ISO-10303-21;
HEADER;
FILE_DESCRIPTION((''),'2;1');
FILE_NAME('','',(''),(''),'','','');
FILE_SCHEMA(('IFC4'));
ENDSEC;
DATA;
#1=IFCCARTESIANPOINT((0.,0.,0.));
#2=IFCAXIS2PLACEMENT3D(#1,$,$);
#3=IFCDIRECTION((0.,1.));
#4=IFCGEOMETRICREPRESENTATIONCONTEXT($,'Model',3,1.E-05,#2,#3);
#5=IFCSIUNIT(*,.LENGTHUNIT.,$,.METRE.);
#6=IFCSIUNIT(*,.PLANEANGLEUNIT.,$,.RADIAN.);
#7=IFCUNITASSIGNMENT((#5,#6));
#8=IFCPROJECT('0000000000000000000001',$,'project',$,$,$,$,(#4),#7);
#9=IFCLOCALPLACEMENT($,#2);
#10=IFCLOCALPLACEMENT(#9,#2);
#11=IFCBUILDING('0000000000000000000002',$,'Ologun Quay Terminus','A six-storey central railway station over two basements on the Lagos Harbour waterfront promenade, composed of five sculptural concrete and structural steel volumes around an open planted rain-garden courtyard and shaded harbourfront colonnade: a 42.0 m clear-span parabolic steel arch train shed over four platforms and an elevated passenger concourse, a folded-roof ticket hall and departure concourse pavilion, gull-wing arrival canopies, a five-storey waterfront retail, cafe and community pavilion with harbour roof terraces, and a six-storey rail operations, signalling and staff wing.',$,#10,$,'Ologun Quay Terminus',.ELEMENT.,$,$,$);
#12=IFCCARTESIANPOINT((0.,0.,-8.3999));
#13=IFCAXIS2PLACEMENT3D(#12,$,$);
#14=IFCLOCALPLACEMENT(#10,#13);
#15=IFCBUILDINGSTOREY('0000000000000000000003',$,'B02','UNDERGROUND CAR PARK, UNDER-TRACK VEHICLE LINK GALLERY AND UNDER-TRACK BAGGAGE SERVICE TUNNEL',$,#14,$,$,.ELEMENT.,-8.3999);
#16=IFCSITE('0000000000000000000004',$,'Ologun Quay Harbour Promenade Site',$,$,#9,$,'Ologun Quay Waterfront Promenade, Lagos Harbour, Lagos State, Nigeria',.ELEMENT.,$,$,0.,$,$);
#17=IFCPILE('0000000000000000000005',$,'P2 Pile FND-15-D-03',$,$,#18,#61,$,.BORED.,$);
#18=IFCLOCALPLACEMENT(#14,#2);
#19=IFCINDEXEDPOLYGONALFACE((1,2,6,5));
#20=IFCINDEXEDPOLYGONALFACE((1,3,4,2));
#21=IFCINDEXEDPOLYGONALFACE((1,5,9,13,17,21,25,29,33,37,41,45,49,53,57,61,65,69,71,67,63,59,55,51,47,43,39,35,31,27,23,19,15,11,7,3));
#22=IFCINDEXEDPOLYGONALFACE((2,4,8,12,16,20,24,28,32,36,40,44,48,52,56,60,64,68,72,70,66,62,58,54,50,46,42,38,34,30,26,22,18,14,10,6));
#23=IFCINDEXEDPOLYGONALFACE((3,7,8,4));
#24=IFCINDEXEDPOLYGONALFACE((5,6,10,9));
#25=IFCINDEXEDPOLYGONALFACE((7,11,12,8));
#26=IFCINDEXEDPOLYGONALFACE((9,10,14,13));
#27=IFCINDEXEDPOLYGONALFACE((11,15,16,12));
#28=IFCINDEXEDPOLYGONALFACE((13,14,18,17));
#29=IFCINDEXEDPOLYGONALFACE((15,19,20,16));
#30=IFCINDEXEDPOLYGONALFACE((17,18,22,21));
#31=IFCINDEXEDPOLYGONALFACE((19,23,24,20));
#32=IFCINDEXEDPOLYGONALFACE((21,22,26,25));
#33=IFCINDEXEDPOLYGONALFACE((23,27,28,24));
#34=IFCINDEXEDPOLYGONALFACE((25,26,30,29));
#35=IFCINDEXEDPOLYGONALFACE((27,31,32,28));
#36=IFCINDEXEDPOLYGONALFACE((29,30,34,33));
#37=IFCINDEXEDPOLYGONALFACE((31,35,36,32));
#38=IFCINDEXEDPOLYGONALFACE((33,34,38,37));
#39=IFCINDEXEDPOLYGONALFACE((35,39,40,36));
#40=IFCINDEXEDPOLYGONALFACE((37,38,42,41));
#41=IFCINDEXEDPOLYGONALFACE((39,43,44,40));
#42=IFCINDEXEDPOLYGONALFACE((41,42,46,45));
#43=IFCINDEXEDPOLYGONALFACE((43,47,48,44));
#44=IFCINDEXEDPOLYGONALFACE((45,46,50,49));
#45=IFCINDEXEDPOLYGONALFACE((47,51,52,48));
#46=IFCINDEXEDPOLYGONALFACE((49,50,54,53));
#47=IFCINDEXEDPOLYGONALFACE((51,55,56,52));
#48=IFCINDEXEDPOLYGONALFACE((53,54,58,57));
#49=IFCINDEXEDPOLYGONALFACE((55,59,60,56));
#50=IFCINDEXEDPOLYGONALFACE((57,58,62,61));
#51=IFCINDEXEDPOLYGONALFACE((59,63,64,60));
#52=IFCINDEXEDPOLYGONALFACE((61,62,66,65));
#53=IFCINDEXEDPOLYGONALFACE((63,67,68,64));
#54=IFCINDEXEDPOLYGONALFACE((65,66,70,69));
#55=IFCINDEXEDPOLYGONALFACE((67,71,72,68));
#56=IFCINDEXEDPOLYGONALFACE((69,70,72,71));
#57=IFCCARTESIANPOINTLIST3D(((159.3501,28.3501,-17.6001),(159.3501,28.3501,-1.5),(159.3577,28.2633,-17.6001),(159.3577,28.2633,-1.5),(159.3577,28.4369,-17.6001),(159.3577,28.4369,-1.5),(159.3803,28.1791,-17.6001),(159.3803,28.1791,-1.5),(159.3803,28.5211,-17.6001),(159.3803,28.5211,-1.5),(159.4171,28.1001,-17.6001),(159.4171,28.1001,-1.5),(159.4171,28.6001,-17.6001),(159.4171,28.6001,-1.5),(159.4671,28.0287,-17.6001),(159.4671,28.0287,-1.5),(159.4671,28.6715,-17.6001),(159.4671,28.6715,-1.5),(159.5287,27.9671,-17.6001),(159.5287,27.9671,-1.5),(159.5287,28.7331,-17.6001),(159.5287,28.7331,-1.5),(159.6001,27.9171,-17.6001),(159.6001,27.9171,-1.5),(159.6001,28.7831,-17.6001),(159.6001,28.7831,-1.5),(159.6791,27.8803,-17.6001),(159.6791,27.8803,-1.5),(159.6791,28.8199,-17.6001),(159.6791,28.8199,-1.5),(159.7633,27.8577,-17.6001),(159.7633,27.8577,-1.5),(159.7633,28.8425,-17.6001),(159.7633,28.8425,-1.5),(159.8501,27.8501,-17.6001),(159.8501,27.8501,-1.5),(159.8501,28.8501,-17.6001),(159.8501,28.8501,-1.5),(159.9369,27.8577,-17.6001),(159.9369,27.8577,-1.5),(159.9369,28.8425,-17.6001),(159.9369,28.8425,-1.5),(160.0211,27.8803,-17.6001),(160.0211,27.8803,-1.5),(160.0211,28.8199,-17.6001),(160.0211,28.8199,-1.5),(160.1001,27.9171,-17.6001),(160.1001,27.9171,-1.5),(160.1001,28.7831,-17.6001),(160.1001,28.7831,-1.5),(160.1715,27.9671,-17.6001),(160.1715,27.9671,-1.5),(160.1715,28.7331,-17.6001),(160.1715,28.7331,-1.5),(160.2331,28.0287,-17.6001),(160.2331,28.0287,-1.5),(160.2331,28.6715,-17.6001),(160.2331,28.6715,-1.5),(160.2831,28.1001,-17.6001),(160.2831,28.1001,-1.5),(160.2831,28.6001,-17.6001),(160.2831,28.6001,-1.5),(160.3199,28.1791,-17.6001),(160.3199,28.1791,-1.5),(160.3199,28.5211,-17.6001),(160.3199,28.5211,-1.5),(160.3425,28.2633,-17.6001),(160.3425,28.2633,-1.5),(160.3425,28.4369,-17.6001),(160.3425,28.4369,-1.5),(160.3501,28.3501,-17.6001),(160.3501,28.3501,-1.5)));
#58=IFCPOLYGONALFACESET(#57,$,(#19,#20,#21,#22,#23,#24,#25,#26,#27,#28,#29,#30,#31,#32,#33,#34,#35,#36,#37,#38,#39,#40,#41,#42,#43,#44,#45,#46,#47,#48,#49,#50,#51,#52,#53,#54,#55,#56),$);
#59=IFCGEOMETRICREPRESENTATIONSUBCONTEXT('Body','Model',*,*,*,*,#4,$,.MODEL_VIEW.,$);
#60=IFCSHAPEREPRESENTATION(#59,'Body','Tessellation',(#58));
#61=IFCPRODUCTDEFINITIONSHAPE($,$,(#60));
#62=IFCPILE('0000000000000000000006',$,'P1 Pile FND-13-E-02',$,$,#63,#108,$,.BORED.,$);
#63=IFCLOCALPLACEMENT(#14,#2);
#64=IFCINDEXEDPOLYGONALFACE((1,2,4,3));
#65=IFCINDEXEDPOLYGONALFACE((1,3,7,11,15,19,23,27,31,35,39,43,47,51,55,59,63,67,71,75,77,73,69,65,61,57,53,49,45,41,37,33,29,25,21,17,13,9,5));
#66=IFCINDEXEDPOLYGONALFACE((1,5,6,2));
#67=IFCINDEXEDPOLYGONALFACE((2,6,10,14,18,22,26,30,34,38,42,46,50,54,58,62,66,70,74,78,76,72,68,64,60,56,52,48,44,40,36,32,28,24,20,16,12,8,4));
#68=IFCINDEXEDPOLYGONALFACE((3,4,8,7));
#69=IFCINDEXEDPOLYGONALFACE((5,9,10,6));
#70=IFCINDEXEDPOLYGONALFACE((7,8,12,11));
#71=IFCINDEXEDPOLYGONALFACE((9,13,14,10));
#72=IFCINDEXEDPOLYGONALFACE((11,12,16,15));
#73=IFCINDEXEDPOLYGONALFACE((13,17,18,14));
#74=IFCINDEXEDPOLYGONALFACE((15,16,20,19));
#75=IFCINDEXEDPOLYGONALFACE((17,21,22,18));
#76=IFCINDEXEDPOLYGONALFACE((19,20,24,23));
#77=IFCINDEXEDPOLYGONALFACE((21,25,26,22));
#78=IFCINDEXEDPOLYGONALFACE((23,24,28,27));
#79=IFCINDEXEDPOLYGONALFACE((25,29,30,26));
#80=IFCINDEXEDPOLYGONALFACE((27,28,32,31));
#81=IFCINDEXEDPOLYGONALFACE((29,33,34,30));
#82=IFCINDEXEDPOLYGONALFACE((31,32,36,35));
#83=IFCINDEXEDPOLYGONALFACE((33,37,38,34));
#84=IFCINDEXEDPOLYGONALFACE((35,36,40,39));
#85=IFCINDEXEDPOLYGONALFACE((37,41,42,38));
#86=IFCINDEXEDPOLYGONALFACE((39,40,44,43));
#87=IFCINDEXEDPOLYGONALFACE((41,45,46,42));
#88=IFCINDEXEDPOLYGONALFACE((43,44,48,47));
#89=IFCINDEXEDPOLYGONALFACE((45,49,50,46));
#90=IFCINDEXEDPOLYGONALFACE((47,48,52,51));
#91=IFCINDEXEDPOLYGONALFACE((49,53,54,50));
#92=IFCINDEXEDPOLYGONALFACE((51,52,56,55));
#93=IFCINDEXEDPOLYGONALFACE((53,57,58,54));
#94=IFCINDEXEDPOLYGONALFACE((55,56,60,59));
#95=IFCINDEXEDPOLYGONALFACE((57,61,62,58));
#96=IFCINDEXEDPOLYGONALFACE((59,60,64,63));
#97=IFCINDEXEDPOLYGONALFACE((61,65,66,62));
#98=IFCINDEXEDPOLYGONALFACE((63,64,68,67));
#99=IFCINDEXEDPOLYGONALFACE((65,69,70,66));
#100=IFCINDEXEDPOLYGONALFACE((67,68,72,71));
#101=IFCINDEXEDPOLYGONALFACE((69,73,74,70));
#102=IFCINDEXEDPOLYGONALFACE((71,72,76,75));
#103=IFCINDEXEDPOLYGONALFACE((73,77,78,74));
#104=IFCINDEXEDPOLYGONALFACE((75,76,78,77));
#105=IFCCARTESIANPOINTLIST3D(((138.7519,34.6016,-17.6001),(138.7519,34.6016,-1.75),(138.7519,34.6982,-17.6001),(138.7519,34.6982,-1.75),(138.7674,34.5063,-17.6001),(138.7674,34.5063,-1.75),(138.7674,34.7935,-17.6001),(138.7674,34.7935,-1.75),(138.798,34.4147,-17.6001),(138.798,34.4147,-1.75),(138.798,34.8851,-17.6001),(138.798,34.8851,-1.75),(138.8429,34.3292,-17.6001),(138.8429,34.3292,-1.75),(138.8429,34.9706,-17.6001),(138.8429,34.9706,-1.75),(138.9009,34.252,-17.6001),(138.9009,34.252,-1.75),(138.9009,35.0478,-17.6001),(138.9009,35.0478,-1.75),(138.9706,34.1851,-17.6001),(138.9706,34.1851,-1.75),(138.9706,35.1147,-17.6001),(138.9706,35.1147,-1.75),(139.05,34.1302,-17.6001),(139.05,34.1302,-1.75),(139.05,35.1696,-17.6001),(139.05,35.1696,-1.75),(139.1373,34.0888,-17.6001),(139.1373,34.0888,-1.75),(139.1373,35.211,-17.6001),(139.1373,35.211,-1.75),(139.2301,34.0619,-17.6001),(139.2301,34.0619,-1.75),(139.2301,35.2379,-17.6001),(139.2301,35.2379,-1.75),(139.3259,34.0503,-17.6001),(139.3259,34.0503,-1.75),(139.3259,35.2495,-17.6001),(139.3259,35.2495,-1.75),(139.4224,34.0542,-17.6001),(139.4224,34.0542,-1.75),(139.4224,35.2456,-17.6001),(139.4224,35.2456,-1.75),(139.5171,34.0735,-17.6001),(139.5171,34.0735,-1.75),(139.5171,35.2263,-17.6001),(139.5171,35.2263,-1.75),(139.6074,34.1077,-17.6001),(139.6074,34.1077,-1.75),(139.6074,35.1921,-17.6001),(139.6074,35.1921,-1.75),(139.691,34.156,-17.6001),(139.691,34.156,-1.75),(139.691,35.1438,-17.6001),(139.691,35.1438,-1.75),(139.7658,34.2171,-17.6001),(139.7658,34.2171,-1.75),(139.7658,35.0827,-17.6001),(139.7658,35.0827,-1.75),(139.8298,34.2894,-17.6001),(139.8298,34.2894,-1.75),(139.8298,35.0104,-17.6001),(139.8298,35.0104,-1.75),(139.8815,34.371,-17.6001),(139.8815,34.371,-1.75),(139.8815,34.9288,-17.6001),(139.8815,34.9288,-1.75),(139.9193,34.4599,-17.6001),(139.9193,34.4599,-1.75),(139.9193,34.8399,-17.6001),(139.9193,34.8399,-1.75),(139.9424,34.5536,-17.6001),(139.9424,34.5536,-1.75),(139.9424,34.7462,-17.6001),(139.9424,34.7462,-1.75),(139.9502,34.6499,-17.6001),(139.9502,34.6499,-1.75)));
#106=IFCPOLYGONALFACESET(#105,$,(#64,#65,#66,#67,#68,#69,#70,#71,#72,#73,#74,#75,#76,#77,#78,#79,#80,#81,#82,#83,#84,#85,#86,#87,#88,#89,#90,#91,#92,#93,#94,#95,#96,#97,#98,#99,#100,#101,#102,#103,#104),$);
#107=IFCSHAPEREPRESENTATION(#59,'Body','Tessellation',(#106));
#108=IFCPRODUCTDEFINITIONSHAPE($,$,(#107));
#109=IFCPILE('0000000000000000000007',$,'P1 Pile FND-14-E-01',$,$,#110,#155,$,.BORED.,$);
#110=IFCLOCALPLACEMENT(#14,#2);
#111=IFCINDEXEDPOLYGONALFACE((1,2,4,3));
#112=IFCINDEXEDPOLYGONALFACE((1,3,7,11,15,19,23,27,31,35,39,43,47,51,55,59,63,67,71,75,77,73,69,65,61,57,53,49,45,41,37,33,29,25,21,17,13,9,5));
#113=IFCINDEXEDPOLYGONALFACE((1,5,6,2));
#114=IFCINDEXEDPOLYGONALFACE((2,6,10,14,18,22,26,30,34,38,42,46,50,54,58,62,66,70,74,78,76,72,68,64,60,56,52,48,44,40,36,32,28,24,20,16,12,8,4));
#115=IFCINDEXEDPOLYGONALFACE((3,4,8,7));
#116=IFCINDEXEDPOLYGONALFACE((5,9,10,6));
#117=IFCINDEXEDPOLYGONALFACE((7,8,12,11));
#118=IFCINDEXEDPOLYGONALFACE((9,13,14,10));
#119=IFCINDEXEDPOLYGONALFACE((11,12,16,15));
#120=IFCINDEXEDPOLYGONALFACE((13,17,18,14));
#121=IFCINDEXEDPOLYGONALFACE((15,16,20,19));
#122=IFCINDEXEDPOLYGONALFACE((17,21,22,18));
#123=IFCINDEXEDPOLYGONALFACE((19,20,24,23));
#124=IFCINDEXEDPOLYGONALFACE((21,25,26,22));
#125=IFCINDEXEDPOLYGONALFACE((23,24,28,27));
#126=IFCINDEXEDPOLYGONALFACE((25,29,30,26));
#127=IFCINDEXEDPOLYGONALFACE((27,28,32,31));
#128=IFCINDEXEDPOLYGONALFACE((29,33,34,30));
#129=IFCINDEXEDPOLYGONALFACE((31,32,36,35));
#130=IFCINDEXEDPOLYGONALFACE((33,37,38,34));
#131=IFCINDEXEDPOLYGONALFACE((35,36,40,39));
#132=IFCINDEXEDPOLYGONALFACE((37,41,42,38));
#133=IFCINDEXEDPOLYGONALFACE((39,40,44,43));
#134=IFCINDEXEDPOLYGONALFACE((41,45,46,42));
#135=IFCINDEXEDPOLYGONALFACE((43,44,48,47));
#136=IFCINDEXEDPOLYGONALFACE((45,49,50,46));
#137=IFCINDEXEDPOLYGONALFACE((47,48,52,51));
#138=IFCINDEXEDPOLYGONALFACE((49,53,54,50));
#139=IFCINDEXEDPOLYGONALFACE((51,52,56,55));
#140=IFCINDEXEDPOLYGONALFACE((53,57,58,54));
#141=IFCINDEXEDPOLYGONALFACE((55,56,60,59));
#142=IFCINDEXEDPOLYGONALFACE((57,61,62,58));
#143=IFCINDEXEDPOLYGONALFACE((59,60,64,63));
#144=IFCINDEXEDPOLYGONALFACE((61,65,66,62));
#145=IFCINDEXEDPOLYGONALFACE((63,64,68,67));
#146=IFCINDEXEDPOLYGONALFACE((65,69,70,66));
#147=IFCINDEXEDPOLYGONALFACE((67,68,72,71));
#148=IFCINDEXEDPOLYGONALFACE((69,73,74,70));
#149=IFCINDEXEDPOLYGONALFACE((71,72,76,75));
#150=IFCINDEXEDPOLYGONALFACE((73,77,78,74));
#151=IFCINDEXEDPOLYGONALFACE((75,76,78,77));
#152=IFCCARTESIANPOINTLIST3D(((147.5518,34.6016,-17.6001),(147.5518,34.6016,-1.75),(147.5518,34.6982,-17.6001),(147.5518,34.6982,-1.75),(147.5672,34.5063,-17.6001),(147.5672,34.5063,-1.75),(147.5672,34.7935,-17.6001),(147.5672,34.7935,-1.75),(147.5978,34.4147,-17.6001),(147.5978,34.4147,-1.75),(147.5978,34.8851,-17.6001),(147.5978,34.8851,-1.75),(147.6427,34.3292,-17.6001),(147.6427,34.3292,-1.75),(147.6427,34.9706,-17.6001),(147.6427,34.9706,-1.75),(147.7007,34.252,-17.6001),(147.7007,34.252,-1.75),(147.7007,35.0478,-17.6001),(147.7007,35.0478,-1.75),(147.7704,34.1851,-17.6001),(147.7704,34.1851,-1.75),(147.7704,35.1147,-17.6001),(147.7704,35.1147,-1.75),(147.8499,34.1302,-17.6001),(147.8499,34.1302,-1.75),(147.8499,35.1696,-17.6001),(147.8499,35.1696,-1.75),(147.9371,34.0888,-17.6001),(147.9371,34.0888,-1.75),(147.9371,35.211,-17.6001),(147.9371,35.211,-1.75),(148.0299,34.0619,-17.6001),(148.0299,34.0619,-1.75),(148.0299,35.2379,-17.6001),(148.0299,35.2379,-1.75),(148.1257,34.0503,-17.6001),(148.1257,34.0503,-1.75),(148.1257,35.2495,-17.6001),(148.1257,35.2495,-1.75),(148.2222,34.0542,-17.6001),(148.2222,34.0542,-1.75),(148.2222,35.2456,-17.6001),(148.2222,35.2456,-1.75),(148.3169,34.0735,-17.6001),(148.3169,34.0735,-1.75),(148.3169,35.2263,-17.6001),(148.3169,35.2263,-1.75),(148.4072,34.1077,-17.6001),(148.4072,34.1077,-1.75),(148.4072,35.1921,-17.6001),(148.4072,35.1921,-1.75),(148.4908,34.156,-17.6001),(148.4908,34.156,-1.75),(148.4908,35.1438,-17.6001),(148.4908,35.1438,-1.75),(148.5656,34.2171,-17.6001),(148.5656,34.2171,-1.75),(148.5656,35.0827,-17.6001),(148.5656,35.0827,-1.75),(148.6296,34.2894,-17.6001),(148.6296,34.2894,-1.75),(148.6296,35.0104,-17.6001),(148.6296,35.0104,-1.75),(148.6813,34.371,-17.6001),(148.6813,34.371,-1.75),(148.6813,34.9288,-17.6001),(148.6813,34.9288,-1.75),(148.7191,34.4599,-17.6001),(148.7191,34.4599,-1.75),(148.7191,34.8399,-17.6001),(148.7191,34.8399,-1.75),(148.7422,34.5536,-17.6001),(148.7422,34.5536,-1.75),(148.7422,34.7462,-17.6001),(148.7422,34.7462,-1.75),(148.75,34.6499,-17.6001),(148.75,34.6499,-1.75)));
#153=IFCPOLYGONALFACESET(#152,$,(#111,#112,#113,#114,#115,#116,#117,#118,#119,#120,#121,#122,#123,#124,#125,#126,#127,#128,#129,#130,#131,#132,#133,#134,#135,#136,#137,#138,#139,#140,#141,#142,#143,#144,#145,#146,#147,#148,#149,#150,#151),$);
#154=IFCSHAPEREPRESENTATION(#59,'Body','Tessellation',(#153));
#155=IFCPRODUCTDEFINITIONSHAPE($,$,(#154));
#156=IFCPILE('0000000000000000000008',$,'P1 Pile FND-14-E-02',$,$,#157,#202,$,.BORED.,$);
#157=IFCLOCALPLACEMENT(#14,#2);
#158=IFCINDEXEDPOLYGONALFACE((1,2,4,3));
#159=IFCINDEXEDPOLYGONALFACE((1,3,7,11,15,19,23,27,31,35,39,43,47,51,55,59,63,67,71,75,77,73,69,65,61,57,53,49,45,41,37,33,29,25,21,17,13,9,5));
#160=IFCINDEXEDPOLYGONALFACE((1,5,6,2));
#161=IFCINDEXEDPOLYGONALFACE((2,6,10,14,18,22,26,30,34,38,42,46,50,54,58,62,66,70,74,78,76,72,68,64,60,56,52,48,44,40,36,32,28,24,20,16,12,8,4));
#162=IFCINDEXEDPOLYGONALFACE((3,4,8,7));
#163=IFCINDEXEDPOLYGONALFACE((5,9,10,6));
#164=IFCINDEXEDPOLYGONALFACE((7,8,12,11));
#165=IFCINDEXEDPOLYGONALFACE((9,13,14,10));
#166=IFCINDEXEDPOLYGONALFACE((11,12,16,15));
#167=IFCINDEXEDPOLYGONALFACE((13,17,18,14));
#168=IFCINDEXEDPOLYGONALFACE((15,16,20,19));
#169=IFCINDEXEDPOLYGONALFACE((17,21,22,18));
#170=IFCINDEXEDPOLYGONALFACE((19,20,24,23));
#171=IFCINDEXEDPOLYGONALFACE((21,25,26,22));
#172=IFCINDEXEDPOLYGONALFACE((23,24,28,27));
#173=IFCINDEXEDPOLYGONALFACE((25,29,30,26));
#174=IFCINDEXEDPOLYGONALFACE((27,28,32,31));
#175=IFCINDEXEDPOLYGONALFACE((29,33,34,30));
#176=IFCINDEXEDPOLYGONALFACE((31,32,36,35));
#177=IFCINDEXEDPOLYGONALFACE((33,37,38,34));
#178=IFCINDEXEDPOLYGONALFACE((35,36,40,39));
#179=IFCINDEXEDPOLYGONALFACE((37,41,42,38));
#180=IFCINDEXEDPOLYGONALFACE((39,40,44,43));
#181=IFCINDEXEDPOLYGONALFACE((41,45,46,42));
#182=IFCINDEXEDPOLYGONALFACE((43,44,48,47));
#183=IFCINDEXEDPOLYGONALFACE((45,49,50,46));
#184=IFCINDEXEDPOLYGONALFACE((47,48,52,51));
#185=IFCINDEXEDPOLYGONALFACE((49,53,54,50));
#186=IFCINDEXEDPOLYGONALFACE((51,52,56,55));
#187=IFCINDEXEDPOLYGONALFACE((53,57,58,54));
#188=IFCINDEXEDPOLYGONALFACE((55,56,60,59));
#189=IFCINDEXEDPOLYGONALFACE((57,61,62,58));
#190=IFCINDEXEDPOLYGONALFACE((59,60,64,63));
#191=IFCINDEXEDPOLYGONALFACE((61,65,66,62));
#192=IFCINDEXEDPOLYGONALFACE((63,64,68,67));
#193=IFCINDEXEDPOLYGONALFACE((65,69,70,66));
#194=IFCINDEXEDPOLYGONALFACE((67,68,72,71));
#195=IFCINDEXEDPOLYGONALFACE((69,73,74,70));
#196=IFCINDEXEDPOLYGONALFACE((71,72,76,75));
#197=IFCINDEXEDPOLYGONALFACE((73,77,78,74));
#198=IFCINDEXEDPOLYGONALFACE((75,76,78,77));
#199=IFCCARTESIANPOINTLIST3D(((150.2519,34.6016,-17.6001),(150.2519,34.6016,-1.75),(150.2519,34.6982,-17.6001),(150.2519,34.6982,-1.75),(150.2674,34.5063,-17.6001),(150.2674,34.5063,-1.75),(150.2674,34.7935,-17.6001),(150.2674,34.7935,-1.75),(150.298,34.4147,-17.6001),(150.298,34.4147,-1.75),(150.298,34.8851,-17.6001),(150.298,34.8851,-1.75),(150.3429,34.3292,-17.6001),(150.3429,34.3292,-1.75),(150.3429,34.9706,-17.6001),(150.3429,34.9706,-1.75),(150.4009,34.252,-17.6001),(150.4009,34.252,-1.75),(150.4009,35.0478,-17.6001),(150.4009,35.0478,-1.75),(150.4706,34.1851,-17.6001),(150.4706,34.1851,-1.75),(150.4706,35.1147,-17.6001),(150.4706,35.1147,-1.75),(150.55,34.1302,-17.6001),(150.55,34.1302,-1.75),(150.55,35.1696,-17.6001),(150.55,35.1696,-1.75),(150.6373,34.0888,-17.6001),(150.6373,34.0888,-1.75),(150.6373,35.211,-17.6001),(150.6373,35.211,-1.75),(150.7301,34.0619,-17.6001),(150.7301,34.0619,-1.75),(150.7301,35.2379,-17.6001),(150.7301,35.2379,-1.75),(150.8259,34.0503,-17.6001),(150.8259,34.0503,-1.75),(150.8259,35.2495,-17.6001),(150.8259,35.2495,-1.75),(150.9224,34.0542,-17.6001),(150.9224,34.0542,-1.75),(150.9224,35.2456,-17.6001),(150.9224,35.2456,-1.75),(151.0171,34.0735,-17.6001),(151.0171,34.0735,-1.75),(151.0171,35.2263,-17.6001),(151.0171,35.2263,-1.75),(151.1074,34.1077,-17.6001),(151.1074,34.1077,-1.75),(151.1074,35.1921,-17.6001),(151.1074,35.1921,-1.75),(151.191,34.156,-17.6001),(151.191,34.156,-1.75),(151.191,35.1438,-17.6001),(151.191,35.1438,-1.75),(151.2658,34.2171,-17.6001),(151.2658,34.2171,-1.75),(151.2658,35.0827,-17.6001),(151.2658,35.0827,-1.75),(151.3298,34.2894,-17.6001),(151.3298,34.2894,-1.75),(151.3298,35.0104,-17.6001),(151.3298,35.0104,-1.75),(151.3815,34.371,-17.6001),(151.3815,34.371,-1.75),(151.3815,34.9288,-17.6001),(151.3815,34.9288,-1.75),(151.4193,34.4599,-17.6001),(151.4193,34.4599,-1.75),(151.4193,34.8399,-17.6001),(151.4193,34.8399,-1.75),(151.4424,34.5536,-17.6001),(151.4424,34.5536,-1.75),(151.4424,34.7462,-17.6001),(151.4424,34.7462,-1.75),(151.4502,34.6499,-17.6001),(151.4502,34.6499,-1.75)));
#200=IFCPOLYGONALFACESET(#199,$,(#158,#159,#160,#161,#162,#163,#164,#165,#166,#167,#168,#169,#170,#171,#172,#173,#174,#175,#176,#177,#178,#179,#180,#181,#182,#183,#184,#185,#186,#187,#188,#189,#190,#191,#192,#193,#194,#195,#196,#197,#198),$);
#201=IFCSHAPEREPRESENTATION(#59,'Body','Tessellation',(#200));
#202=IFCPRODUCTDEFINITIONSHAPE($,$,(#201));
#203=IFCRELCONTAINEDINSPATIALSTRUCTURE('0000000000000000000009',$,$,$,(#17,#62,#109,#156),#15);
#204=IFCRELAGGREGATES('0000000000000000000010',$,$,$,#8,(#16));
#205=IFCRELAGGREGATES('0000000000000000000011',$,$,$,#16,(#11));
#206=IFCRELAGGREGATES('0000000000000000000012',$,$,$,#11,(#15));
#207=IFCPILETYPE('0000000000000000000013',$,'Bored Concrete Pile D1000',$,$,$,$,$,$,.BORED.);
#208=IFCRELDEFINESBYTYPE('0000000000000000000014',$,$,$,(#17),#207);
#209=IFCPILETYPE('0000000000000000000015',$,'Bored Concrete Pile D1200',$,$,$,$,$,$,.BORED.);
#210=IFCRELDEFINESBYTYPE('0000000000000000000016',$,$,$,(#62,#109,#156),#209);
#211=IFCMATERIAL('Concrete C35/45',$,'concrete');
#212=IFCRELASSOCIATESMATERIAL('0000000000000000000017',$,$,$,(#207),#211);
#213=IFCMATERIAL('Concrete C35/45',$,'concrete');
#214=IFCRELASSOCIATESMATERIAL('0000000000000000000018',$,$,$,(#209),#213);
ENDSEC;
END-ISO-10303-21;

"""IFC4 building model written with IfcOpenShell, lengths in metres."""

from ifc_helpers import new_model, si_unit, direction, frame, origin, origin_2d, place, context, subcontext, project, spatial, circle, extrude, material, material_profile, profile_set, type_object, element, save


model = new_model("IFC4")

# Units and contexts
model_context = context("Model", 3, precision=1e-05, world=origin(), true_north=direction((0.0, 1.0)))
body_context = subcontext(model_context, "Body", "Model", "MODEL_VIEW")
ifc_project = project(units=[si_unit("LENGTHUNIT", "METRE"), si_unit("PLANEANGLEUNIT", "RADIAN")], contexts=[model_context])

# Site, building, storey
site_placement = place(None, origin())
site = spatial("IfcSite", under=ifc_project, at=site_placement, Name="Ologun Quay Harbour Promenade Site", LongName="Ologun Quay Waterfront Promenade, Lagos Harbour, Lagos State, Nigeria", CompositionType="ELEMENT", RefElevation=0.0)
building_placement = place(site_placement, origin())
building = spatial("IfcBuilding", under=site, at=building_placement, Name="Ologun Quay Terminus", Description="A six-storey central railway station over two basements on the Lagos Harbour waterfront promenade, composed of five sculptural concrete and structural steel volumes around an open planted rain-garden courtyard and shaded harbourfront colonnade: a 42.0 m clear-span parabolic steel arch train shed over four platforms and an elevated passenger concourse, a folded-roof ticket hall and departure concourse pavilion, gull-wing arrival canopies, a five-storey waterfront retail, cafe and community pavilion with harbour roof terraces, and a six-storey rail operations, signalling and staff wing.", LongName="Ologun Quay Terminus", CompositionType="ELEMENT")
storey_placement = place(building_placement, frame((0.0, 0.0, -8.3999)))
storey = spatial("IfcBuildingStorey", under=building, at=storey_placement, Name="B02", Description="UNDERGROUND CAR PARK, UNDER-TRACK VEHICLE LINK GALLERY AND UNDER-TRACK BAGGAGE SERVICE TUNNEL", CompositionType="ELEMENT", Elevation=-8.3999)

# Piles
ifc_material_1 = material(Name="Concrete C35/45", Category="concrete")
ifc_material_profile_1 = material_profile(ifc_material_1, circle(Radius=0.5, at=origin_2d()), Name="PILE D1000")
ifc_profile_set_1 = profile_set([ifc_material_profile_1], Name="Concrete C35/45")
pile_type_1 = type_object("IfcPileType", Name="Bored Concrete Pile D1000", PredefinedType="BORED", material=ifc_profile_set_1)
for number, where, z_axis, x_axis, name in (
    (1, (159.8501, 28.3501, -1.5), (0.0, 0.0, -1.0), (1.0, 0.0, 0.0), "P2 Pile FND-15-D-03"),
):
    element("IfcPile", number, at=place(storey_placement, frame(where, z_axis=z_axis, x_axis=x_axis)), inside=storey, type_object=pile_type_1, Name=name, PredefinedType="BORED", context=body_context, shape_type="SweptSolid", body=[
        extrude(circle(Radius=0.5, at=origin_2d()), origin(), (0.0, 0.0, 1.0), 16.1001),
    ])
ifc_material_2 = material(Name="Concrete C35/45", Category="concrete")
ifc_material_profile_2 = material_profile(ifc_material_2, circle(Radius=0.6001, at=origin_2d()), Name="PILE D1200")
ifc_profile_set_2 = profile_set([ifc_material_profile_2], Name="Concrete C35/45")
pile_type_2 = type_object("IfcPileType", Name="Bored Concrete Pile D1200", PredefinedType="BORED", material=ifc_profile_set_2)
for number, where, z_axis, x_axis, name in (
    (2, (139.3501, 34.6499, -1.75), (0.0, 0.0, -1.0), (1.0, 0.0, 0.0), "P1 Pile FND-13-E-02"),
    (3, (148.1499, 34.6499, -1.75), (0.0, 0.0, -1.0), (1.0, 0.0, 0.0), "P1 Pile FND-14-E-01"),
    (4, (150.8501, 34.6499, -1.75), (0.0, 0.0, -1.0), (1.0, 0.0, 0.0), "P1 Pile FND-14-E-02"),
):
    element("IfcPile", number, at=place(storey_placement, frame(where, z_axis=z_axis, x_axis=x_axis)), inside=storey, type_object=pile_type_2, Name=name, PredefinedType="BORED", context=body_context, shape_type="SweptSolid", body=[
        extrude(circle(Radius=0.6001, at=origin_2d()), origin(), (0.0, 0.0, 1.0), 15.8501),
    ])

save(model, "model.ifc")
